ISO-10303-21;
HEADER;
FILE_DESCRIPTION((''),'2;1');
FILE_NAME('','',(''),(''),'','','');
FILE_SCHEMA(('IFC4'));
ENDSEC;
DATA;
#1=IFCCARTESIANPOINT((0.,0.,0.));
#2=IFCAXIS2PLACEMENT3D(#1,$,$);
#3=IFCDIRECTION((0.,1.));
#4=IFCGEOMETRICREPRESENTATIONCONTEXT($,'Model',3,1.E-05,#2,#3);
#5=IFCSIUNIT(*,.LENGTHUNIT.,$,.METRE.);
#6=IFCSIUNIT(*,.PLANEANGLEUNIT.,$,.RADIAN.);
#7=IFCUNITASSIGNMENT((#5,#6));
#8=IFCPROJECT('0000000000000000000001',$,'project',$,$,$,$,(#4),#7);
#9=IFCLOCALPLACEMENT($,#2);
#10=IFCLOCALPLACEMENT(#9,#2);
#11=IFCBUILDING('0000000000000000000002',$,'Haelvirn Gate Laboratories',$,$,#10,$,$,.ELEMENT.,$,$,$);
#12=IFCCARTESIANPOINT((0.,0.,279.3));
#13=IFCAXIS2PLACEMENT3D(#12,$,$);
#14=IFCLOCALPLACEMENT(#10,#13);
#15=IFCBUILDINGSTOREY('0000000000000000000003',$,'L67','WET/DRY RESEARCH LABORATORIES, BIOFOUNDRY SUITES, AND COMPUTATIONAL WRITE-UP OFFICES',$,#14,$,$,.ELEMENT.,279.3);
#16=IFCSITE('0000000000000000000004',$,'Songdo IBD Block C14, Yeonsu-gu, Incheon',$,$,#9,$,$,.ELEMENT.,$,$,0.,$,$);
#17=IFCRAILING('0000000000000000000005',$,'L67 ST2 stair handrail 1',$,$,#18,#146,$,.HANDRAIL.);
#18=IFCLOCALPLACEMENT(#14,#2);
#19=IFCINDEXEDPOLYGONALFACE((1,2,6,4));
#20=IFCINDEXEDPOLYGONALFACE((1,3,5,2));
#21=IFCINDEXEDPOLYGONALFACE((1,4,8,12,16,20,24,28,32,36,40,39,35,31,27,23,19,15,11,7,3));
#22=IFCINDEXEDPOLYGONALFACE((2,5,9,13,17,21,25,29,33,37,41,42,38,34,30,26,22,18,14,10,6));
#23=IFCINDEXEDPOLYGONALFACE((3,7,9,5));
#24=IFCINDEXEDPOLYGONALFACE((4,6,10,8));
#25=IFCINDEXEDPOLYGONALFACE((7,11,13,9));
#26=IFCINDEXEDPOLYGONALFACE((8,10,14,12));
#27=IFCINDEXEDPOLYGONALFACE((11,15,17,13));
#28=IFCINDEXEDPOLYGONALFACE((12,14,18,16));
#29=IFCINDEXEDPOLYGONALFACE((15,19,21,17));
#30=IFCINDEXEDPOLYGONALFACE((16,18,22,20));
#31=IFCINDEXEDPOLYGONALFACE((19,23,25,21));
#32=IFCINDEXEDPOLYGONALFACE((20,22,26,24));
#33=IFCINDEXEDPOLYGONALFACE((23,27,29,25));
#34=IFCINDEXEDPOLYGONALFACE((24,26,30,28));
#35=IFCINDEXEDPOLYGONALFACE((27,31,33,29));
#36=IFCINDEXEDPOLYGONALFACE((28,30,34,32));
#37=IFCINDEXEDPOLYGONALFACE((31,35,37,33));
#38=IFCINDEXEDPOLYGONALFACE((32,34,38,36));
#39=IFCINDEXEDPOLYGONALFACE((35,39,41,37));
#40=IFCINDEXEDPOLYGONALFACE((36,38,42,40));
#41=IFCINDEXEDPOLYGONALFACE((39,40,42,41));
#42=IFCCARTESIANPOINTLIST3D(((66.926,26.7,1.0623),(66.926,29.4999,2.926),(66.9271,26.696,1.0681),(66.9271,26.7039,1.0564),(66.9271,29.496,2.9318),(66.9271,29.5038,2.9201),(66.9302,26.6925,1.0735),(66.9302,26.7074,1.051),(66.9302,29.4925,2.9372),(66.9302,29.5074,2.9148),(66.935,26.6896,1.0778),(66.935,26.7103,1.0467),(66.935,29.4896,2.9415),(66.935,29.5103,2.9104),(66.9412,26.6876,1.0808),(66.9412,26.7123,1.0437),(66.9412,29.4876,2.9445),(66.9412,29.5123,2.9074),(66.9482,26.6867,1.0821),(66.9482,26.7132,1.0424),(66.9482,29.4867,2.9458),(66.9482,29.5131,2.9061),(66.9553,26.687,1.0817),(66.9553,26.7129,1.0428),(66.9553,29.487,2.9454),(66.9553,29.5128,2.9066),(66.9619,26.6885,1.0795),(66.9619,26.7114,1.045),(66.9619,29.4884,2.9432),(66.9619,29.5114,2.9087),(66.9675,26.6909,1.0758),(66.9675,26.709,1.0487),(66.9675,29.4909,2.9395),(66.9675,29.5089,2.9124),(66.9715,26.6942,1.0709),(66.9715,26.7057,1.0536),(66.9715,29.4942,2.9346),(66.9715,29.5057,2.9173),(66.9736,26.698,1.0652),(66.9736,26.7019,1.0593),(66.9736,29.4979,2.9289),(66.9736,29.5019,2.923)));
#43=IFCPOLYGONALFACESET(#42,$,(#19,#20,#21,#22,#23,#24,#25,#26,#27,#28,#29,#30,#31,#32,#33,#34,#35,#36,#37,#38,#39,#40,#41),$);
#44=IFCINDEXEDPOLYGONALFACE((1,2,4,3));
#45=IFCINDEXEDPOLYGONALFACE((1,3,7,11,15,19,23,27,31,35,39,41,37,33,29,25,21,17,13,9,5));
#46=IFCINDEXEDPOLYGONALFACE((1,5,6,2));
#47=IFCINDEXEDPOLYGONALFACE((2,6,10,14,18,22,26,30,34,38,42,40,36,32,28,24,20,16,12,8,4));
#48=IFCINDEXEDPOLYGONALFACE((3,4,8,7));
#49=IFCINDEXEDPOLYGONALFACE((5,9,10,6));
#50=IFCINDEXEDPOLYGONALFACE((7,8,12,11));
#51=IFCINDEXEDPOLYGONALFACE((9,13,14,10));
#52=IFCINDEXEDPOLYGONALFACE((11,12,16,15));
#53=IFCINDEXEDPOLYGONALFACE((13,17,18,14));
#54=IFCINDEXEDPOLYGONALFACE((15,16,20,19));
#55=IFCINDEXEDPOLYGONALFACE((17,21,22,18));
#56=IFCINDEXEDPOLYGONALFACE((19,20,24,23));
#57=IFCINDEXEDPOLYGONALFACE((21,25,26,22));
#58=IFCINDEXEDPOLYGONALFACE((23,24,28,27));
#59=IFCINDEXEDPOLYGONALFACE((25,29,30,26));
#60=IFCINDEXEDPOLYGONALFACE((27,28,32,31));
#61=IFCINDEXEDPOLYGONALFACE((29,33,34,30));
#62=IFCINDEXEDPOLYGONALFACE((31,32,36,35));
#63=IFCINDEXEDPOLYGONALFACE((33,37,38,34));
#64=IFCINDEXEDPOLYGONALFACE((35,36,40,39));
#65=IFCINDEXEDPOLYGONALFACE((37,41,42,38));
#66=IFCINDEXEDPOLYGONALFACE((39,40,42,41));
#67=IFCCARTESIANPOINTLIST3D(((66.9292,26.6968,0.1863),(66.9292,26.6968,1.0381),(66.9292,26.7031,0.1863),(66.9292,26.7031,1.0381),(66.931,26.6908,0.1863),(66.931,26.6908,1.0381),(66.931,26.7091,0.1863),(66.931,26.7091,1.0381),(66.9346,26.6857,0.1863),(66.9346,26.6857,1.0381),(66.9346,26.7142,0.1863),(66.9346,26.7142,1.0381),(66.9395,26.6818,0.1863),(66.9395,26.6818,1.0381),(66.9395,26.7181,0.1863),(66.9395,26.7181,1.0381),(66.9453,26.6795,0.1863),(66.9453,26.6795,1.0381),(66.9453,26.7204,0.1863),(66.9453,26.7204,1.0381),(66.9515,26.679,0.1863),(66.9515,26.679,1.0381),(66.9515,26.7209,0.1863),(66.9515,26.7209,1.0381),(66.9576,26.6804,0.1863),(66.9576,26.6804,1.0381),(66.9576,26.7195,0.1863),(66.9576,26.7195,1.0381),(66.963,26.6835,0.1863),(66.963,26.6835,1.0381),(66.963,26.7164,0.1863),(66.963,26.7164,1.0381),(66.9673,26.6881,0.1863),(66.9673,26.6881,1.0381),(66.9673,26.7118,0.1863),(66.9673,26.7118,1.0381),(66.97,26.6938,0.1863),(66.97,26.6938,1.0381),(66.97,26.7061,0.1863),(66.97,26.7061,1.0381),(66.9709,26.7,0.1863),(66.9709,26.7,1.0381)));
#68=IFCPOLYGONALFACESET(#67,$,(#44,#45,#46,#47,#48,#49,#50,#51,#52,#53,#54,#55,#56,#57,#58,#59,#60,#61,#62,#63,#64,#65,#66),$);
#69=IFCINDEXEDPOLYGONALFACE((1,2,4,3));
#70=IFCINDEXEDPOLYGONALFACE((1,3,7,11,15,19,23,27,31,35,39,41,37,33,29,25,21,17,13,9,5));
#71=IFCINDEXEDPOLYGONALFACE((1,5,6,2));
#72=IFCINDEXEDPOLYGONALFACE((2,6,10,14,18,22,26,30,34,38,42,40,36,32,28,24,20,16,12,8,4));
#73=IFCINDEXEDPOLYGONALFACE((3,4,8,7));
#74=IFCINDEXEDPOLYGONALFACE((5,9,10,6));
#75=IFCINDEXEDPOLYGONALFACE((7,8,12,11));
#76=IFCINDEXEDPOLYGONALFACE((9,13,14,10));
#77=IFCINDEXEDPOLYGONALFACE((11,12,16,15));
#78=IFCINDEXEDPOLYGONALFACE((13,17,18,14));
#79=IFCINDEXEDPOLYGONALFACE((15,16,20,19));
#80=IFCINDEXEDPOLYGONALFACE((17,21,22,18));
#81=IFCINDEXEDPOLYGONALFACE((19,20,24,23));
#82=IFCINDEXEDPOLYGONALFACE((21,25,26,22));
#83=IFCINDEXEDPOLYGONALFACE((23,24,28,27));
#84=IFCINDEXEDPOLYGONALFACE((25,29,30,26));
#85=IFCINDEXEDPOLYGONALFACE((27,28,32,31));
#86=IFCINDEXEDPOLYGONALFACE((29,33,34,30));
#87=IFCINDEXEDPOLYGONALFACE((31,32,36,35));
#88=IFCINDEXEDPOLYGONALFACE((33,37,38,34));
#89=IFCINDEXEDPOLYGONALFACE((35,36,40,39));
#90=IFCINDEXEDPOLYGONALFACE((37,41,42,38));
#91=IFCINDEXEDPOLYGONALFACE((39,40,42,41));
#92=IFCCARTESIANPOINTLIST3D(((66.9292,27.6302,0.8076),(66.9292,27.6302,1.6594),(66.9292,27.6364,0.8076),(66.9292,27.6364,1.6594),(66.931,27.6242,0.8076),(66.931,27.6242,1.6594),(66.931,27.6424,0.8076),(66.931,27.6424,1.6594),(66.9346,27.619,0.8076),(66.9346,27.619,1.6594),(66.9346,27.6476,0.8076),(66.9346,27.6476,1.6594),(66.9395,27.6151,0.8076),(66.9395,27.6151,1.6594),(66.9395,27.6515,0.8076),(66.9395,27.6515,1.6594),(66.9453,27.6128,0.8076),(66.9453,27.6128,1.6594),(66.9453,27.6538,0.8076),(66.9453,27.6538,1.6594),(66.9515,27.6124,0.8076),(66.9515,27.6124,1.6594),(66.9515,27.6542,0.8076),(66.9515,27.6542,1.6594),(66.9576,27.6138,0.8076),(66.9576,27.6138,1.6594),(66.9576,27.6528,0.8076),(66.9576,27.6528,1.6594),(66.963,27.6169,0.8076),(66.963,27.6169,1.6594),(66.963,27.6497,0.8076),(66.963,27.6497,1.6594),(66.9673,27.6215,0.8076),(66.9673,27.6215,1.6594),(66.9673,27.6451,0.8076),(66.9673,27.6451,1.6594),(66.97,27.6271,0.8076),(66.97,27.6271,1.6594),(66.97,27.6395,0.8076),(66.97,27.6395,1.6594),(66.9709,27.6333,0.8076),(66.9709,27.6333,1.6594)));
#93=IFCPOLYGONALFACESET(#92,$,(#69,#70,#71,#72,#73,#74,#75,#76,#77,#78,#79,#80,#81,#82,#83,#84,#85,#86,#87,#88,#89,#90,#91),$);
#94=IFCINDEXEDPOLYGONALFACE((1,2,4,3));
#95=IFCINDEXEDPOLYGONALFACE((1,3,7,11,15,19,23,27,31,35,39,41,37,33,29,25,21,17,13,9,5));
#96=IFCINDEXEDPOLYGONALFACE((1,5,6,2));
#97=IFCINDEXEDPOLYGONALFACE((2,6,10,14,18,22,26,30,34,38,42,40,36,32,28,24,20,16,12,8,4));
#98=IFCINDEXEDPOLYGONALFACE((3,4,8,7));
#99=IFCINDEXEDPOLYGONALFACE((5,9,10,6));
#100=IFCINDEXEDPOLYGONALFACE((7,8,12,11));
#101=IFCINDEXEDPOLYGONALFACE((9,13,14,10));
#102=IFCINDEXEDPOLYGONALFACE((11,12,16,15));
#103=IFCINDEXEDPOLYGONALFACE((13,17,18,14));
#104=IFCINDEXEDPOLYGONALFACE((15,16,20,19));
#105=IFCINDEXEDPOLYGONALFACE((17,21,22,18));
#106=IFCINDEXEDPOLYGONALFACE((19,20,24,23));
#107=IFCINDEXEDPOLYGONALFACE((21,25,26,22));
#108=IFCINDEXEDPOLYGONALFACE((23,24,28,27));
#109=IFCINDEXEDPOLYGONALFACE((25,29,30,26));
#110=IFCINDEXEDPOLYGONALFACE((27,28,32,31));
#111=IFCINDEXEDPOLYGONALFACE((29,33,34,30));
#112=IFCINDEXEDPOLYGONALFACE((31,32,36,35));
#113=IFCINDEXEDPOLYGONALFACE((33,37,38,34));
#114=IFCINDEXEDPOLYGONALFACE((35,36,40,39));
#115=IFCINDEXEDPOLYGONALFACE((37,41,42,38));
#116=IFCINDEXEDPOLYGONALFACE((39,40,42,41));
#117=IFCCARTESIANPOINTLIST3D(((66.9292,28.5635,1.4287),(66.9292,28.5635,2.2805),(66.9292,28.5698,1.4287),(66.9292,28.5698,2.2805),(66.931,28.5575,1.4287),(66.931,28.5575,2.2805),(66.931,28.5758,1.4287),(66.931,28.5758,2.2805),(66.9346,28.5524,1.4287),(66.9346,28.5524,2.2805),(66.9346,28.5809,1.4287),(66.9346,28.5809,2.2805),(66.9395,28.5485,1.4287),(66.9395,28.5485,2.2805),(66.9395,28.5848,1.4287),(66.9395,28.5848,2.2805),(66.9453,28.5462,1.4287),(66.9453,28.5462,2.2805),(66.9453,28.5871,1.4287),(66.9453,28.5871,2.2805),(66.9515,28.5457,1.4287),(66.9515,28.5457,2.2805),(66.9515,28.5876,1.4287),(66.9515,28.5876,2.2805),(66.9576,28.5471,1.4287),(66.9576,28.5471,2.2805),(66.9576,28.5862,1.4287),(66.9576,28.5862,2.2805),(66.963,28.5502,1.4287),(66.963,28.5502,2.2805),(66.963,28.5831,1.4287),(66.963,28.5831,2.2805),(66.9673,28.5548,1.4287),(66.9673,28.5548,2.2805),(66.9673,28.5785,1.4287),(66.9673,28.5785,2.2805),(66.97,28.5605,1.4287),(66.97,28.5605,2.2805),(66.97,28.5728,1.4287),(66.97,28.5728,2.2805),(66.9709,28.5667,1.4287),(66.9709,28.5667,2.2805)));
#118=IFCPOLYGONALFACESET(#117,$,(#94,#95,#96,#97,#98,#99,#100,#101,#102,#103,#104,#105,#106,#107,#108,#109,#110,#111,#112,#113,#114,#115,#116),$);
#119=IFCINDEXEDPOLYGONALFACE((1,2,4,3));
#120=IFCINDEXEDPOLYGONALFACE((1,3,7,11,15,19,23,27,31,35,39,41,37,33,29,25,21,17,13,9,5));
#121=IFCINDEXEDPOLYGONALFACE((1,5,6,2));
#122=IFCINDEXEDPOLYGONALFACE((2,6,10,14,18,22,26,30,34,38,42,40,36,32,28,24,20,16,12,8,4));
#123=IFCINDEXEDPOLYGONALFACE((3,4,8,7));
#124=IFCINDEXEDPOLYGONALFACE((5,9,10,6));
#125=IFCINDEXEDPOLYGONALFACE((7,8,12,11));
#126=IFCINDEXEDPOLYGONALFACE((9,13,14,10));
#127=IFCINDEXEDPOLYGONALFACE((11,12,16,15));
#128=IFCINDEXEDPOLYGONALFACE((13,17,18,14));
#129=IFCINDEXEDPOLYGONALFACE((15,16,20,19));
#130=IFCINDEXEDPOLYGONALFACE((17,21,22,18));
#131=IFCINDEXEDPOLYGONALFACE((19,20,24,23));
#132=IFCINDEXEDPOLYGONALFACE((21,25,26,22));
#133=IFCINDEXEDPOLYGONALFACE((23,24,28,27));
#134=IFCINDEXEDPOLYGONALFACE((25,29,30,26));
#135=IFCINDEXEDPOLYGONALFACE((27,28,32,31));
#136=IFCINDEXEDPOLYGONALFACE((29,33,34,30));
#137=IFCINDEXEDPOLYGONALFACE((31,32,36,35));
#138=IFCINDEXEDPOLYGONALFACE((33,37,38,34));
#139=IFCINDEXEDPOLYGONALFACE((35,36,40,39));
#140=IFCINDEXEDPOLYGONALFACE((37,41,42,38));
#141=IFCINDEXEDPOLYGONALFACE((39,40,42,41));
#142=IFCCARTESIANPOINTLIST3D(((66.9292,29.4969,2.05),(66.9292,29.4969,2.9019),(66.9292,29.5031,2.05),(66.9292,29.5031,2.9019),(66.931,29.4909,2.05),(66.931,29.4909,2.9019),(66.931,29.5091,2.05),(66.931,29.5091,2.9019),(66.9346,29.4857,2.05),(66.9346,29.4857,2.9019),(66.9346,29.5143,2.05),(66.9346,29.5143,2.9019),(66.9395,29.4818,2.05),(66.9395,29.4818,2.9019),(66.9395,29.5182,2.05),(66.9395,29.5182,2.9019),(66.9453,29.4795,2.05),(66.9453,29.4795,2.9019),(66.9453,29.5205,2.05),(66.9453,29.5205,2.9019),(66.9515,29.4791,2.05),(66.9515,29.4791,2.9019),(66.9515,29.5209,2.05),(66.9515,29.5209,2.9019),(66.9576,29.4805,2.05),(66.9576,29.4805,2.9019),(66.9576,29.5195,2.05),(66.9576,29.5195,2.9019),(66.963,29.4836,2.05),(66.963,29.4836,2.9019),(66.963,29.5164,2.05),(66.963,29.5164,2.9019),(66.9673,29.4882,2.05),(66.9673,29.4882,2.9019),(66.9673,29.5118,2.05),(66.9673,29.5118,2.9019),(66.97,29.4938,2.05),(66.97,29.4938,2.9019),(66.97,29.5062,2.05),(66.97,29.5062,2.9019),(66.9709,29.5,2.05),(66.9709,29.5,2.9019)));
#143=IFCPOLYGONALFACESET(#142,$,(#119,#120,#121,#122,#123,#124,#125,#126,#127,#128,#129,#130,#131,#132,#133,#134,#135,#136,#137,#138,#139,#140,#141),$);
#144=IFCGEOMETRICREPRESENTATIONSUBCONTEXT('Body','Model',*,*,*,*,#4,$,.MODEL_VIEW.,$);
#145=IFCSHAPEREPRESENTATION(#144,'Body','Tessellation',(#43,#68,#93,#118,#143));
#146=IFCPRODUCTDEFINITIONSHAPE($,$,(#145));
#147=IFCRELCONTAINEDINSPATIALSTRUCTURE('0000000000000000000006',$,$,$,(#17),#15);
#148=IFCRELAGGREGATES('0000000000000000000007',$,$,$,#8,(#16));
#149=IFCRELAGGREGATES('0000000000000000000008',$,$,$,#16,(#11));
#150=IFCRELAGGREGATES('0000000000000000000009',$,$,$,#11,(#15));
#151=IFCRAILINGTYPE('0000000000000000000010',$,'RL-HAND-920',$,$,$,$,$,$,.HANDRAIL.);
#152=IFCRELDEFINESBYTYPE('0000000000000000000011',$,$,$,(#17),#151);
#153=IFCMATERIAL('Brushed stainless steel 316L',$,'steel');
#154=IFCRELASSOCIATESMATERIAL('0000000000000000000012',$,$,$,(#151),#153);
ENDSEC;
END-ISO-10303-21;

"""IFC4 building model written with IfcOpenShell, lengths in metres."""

from ifc_helpers import new_model, si_unit, direction, frame, origin, origin_2d, place, context, subcontext, project, spatial, circle, extrude, source, transform, mapped, material, type_object, element, save


model = new_model("IFC4")

# Units and contexts
model_context = context("Model", 3, precision=1e-05, world=origin(), true_north=direction((0.0, 1.0)))
body_context = subcontext(model_context, "Body", "Model", "MODEL_VIEW")
ifc_project = project(units=[si_unit("LENGTHUNIT", "METRE"), si_unit("PLANEANGLEUNIT", "RADIAN")], contexts=[model_context])

# Site, building, storey
site_placement = place(None, origin())
site = spatial("IfcSite", under=ifc_project, at=site_placement, Name="Songdo IBD Block C14, Yeonsu-gu, Incheon", CompositionType="ELEMENT", RefElevation=0.0)
building_placement = place(site_placement, origin())
building = spatial("IfcBuilding", under=site, at=building_placement, Name="Haelvirn Gate Laboratories", CompositionType="ELEMENT")
storey_placement = place(building_placement, frame((0.0, 0.0, 279.3)))
storey = spatial("IfcBuildingStorey", under=building, at=storey_placement, Name="L67", Description="WET/DRY RESEARCH LABORATORIES, BIOFOUNDRY SUITES, AND COMPUTATIONAL WRITE-UP OFFICES", CompositionType="ELEMENT", Elevation=279.3)

# Railing
ifc_material_1 = material(Name="Brushed stainless steel 316L", Category="steel")
railing_type_1 = type_object("IfcRailingType", Name="RL-HAND-920", PredefinedType="HANDRAIL", material=ifc_material_1)
shared_shape_1 = source(origin(), body_context, "Body", "SweptSolid", [
    extrude(circle(Radius=0.0239, at=origin_2d()), frame((0.0, 0.0, 0.876), z_axis=(0.0, 0.832452, 0.554097), x_axis=(-1.0, 0.0, 0.0)), (0.0, 0.0, 1.0), 3.3635),
    extrude(circle(Radius=0.021, at=origin_2d()), origin(), (0.0, 0.0, 1.0), 0.8518),
    extrude(circle(Radius=0.021, at=origin_2d()), frame((0.0, 0.9333, 0.6213)), (0.0, 0.0, 1.0), 0.8518),
    extrude(circle(Radius=0.021, at=origin_2d()), frame((0.0, 1.8667, 1.2424)), (0.0, 0.0, 1.0), 0.8518),
    extrude(circle(Radius=0.021, at=origin_2d()), frame((0.0, 2.8, 1.8638)), (0.0, 0.0, 1.0), 0.8518),
])
railing_1_placement = place(storey_placement, frame((66.95, 26.7, 0.1863)))
element("IfcRailing", 1, at=railing_1_placement, inside=storey, type_object=railing_type_1, Name="L67 ST2 stair handrail 1", PredefinedType="HANDRAIL", context=body_context, shape_type="MappedRepresentation", body=[
    mapped(shared_shape_1, transform((0.0, 0.0, 0.0), scale=1.0)),
])

save(model, "model.ifc")
